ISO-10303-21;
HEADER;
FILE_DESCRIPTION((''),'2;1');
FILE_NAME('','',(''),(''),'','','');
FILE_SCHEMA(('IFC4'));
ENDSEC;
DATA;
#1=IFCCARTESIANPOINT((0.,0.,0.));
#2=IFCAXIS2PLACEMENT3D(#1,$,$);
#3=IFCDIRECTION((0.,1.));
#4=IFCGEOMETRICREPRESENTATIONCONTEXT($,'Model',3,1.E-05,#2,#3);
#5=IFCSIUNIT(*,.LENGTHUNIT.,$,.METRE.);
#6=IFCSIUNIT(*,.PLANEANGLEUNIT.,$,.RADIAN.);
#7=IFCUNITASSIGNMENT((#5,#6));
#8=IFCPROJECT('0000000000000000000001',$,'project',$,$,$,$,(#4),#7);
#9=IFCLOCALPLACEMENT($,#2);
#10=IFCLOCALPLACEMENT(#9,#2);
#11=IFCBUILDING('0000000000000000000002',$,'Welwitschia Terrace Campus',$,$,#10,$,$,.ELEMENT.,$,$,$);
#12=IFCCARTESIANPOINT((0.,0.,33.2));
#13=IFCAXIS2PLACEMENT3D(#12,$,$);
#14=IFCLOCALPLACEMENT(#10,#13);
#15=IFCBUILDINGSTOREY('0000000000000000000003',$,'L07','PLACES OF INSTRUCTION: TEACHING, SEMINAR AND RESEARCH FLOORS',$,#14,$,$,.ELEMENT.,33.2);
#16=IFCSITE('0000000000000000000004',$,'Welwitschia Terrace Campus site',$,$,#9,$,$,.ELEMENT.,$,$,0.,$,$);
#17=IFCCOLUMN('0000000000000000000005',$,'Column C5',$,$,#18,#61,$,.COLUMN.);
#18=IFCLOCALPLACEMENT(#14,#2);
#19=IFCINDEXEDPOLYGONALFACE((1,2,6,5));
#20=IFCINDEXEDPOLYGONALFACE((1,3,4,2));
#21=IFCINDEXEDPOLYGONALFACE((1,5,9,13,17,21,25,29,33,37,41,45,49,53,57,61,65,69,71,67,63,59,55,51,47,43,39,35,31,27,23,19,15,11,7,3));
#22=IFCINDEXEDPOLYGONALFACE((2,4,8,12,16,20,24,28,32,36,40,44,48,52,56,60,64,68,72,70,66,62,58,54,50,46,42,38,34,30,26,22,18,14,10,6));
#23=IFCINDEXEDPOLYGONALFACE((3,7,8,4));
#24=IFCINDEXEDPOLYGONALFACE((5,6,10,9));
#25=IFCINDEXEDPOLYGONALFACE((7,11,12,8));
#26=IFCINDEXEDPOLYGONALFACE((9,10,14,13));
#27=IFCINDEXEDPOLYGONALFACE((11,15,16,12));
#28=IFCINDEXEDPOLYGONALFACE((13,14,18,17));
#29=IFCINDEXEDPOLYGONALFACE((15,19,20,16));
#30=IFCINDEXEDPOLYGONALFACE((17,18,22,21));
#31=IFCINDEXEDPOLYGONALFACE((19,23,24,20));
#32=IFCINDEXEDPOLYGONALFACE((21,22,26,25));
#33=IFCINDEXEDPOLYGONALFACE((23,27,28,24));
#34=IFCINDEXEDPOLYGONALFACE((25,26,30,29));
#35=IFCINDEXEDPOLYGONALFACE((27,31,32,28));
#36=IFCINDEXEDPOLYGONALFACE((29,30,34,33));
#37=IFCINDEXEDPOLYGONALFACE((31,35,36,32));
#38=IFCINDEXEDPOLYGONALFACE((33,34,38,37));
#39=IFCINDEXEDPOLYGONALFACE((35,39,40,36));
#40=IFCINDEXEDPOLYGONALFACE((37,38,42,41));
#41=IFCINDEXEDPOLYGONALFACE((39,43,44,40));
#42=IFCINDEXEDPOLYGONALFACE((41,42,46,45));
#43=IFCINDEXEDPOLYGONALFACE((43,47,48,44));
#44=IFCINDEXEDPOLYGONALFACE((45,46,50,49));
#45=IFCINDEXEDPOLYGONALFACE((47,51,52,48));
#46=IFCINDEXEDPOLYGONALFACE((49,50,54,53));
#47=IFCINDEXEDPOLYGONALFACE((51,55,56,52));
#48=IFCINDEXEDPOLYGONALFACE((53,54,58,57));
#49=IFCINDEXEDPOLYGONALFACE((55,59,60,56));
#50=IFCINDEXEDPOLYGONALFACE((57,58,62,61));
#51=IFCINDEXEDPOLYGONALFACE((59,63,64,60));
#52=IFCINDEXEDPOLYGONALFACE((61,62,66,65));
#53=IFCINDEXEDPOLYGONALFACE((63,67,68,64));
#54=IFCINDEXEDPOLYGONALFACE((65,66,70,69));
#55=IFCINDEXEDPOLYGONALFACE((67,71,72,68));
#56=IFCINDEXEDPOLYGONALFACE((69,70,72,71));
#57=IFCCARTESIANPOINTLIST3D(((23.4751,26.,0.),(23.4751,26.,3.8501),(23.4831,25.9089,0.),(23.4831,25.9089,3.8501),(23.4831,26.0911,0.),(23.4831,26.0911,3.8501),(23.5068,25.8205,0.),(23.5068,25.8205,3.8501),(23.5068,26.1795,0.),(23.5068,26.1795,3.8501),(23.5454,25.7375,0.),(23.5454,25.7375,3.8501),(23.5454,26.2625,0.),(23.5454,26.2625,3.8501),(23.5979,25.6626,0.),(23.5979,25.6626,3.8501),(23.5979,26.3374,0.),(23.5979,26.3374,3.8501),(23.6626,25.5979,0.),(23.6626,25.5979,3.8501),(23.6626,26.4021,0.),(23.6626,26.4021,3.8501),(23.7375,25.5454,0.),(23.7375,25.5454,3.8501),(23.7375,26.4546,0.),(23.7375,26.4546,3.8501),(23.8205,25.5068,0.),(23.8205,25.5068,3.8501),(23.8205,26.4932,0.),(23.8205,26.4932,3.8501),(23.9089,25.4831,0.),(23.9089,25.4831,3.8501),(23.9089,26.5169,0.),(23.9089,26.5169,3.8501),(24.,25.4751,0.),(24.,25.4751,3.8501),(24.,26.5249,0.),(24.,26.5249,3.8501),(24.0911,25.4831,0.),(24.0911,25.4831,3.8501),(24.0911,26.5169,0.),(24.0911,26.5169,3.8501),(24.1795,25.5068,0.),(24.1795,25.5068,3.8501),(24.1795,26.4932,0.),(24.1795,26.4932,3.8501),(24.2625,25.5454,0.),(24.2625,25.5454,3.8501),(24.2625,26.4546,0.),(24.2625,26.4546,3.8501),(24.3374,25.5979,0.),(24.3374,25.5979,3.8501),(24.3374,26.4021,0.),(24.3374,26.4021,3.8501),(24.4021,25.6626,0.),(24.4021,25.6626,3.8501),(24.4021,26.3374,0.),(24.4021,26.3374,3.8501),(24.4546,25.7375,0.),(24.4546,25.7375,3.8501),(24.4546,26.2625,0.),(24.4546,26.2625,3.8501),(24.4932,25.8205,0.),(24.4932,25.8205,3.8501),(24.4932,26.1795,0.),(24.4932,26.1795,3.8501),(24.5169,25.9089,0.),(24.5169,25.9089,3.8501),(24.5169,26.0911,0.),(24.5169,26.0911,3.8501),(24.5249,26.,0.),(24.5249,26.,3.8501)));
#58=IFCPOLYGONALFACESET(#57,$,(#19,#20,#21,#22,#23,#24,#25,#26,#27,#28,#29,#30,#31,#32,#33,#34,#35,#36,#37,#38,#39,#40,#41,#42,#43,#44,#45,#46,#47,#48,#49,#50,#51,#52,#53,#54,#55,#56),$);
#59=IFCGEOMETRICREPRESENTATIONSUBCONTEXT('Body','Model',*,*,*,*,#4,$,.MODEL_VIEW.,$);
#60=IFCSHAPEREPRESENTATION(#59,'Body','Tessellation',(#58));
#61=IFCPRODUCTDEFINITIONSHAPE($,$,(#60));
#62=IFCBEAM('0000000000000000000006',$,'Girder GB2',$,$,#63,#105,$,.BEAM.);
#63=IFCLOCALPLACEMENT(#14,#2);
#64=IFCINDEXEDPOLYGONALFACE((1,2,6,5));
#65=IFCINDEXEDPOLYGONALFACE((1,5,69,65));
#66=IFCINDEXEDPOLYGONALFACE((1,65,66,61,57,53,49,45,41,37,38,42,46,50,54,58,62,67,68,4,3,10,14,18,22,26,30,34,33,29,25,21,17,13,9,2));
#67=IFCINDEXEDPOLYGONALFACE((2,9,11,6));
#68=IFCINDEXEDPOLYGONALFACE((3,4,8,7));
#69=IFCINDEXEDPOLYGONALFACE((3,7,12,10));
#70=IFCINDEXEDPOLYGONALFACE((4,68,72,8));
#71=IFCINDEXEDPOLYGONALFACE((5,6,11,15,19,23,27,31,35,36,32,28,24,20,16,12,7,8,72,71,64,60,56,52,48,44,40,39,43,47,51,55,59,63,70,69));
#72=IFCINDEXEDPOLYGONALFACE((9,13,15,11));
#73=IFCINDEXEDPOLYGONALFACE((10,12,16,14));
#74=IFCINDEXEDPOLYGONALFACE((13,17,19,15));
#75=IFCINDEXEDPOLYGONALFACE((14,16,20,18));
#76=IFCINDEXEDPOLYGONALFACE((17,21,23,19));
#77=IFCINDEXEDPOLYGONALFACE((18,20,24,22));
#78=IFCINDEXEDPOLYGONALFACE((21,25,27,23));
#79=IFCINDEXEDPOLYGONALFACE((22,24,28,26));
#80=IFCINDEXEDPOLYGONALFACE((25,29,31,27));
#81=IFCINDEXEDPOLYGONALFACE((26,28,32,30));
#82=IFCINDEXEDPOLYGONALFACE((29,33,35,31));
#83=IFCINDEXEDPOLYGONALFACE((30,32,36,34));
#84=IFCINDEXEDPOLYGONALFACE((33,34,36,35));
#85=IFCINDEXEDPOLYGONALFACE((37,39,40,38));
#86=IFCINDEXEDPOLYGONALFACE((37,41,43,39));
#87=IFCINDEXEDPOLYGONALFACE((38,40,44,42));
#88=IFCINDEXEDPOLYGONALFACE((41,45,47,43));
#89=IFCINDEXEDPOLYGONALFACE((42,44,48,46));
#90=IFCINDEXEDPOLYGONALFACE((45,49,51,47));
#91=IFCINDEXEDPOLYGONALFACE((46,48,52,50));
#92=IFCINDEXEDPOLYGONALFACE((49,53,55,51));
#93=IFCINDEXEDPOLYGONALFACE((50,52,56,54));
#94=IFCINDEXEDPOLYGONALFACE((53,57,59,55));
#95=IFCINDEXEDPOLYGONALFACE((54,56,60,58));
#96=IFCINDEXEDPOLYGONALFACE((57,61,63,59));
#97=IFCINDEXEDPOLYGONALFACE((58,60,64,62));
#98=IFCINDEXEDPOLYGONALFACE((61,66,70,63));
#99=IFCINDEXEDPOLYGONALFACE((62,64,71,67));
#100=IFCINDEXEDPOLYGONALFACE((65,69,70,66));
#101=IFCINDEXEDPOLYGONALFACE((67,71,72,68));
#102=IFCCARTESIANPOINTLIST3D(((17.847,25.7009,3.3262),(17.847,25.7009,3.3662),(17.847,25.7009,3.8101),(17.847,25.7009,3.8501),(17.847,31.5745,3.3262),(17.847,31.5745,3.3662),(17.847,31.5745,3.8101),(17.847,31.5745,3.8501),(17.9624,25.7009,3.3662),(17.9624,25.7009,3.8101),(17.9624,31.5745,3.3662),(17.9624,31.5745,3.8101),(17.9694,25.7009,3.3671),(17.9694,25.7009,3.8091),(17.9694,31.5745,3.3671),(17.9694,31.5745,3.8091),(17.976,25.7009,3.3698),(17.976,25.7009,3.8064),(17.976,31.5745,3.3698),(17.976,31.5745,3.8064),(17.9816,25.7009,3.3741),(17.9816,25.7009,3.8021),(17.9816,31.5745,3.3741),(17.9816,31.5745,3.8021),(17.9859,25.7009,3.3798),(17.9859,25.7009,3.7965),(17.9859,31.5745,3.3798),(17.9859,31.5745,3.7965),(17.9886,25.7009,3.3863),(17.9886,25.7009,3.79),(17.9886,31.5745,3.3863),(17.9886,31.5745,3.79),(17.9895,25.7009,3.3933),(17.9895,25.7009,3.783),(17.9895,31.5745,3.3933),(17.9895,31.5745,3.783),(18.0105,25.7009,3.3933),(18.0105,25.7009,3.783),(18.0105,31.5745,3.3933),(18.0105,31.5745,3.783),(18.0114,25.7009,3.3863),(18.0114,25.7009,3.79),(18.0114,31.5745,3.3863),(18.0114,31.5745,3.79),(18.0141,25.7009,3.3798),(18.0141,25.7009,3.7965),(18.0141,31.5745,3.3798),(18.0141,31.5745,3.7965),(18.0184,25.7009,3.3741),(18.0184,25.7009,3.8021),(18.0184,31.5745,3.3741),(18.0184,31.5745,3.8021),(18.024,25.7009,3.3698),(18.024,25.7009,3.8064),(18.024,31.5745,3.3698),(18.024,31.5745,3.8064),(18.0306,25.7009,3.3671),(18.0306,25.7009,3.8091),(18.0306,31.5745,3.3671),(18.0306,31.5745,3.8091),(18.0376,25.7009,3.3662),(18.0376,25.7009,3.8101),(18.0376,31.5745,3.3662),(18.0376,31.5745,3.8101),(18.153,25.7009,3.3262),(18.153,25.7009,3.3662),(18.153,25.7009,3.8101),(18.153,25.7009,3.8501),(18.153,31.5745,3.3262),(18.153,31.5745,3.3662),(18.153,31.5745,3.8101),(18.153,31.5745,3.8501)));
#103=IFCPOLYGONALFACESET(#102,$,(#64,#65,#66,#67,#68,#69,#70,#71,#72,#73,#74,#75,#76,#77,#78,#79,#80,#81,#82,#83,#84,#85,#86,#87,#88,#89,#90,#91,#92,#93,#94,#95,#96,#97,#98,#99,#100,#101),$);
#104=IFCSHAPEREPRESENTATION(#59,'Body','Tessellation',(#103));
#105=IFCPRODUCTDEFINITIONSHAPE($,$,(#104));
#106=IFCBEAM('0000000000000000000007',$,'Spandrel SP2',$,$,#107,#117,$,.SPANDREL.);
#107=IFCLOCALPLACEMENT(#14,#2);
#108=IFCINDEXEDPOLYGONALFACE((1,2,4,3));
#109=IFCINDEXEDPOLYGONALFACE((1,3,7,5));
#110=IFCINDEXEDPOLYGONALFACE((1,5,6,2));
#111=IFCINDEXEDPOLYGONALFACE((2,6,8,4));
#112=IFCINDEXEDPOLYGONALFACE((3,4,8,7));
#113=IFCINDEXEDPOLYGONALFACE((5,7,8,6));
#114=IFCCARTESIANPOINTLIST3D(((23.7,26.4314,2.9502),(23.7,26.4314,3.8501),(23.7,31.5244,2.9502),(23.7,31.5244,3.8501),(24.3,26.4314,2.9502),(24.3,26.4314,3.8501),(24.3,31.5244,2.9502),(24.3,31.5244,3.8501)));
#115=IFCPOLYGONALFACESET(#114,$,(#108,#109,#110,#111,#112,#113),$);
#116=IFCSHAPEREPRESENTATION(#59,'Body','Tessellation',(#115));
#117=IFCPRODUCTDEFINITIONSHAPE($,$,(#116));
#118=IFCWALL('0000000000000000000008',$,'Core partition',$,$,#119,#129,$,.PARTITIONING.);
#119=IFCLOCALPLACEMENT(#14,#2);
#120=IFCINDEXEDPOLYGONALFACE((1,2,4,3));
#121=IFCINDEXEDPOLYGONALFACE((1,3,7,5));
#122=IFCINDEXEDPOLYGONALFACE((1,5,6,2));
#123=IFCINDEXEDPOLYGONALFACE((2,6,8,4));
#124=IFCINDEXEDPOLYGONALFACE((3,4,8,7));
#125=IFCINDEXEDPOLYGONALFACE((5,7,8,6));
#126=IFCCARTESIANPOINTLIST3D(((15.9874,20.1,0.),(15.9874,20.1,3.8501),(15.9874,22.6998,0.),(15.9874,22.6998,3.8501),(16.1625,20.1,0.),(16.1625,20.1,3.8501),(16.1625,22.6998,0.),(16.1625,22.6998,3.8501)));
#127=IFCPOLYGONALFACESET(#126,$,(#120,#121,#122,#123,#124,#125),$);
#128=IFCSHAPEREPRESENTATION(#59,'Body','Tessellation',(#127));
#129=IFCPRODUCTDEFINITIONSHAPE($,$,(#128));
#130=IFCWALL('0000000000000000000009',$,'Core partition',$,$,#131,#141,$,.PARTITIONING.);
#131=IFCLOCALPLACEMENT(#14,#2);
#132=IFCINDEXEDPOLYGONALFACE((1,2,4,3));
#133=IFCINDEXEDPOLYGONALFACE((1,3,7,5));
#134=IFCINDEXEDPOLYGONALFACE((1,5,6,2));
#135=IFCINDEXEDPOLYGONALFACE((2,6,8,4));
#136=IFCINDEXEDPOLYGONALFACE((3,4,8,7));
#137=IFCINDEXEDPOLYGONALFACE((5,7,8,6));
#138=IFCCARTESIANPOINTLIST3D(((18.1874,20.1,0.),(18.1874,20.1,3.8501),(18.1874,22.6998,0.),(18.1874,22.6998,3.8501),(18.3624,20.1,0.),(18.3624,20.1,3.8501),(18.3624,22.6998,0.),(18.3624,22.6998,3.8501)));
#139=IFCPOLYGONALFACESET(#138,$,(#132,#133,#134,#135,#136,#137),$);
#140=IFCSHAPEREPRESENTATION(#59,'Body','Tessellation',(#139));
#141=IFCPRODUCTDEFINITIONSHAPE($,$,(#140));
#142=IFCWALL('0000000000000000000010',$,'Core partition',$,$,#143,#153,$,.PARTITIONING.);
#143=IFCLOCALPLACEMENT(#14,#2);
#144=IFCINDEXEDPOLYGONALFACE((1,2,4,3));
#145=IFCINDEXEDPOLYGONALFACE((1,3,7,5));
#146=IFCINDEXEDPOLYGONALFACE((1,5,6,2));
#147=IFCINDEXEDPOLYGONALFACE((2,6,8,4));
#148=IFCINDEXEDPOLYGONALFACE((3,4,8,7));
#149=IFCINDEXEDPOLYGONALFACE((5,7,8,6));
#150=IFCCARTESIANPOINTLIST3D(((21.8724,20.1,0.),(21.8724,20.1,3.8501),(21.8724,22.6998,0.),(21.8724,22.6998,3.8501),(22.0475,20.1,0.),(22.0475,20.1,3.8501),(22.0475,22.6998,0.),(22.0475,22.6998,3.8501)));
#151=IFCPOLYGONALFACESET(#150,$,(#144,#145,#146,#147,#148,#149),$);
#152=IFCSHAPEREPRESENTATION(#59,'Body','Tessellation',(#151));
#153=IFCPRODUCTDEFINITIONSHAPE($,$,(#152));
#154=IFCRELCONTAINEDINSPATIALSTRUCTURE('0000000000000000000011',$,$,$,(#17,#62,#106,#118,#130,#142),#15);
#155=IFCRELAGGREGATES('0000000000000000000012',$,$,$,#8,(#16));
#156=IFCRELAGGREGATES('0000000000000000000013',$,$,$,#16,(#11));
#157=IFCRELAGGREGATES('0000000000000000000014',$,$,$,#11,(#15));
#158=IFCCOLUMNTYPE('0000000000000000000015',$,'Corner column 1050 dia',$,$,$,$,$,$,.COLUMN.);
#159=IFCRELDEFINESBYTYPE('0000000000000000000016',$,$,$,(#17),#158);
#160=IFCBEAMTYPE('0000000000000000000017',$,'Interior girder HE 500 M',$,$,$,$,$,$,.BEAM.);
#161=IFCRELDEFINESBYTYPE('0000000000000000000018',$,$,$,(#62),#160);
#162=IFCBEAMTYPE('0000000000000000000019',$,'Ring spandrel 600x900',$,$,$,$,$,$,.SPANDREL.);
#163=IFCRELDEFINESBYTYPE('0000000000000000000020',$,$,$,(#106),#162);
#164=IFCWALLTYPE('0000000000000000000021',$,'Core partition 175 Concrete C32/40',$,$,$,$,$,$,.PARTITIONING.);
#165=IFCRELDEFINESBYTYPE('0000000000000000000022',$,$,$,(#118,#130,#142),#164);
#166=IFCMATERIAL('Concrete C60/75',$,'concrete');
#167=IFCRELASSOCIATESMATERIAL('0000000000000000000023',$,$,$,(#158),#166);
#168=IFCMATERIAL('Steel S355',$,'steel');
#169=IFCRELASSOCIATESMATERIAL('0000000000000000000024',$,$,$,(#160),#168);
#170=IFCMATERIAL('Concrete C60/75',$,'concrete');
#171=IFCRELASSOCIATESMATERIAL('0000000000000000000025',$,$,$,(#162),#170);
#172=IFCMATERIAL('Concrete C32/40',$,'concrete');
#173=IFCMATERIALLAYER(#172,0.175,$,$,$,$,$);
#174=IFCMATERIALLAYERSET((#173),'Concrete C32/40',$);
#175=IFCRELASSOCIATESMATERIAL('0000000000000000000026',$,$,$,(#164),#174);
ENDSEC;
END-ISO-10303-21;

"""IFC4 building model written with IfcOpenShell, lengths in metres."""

from ifc_helpers import new_model, si_unit, direction, frame, frame_2d, origin, origin_2d, place, context, subcontext, project, spatial, rectangle, circle, i_section, extrude, material, layer, layer_set, material_profile, profile_set, type_object, element, save


model = new_model("IFC4")

# Units and contexts
model_context = context("Model", 3, precision=1e-05, world=origin(), true_north=direction((0.0, 1.0)))
body_context = subcontext(model_context, "Body", "Model", "MODEL_VIEW")
ifc_project = project(units=[si_unit("LENGTHUNIT", "METRE"), si_unit("PLANEANGLEUNIT", "RADIAN")], contexts=[model_context])

# Site, building, storey
site_placement = place(None, origin())
site = spatial("IfcSite", under=ifc_project, at=site_placement, Name="Welwitschia Terrace Campus site", CompositionType="ELEMENT", RefElevation=0.0)
building_placement = place(site_placement, origin())
building = spatial("IfcBuilding", under=site, at=building_placement, Name="Welwitschia Terrace Campus", CompositionType="ELEMENT")
storey_placement = place(building_placement, frame((0.0, 0.0, 33.2)))
storey = spatial("IfcBuildingStorey", under=building, at=storey_placement, Name="L07", Description="PLACES OF INSTRUCTION: TEACHING, SEMINAR AND RESEARCH FLOORS", CompositionType="ELEMENT", Elevation=33.2)

# Column
ifc_material_1 = material(Name="Concrete C60/75", Category="concrete")
ifc_material_profile_1 = material_profile(ifc_material_1, circle(Radius=0.5249, at=origin_2d()))
ifc_profile_set_1 = profile_set([ifc_material_profile_1], Name="Concrete C60/75")
column_type = type_object("IfcColumnType", Name="Corner column 1050 dia", PredefinedType="COLUMN", material=ifc_profile_set_1)
column_placement = place(storey_placement, frame((24.0, 26.0, 0.0), z_axis=(0.0, 0.0, 1.0), x_axis=(1.0, 0.0, 0.0)))
element("IfcColumn", 1, at=column_placement, inside=storey, type_object=column_type, Name="Column C5", PredefinedType="COLUMN", context=body_context, shape_type="SweptSolid", body=[
    extrude(circle(Radius=0.5249, at=origin_2d()), origin(), (0.0, 0.0, 1.0), 3.8501),
])

# Beams
ifc_material_2 = material(Name="Steel S355", Category="steel")
ifc_material_profile_2 = material_profile(ifc_material_2, i_section(OverallWidth=0.3059, OverallDepth=0.5239, WebThickness=0.021, FlangeThickness=0.04, FilletRadius=0.0271, at=origin_2d()))
ifc_profile_set_2 = profile_set([ifc_material_profile_2], Name="Steel S355")
beam_type_1 = type_object("IfcBeamType", Name="Interior girder HE 500 M", PredefinedType="BEAM", material=ifc_profile_set_2)
beam_1_placement = place(storey_placement, frame((18.0, 25.7009, 3.5881), z_axis=(0.0, 1.0, 0.0), x_axis=(-1.0, 0.0, 0.0)))
element("IfcBeam", 2, at=beam_1_placement, inside=storey, type_object=beam_type_1, Name="Girder GB2", PredefinedType="BEAM", context=body_context, shape_type="SweptSolid", body=[
    extrude(i_section(OverallWidth=0.3059, OverallDepth=0.5239, WebThickness=0.021, FlangeThickness=0.04, FilletRadius=0.0271, at=origin_2d()), origin(), (0.0, 0.0, 1.0), 5.8735),
])
ifc_material_3 = material(Name="Concrete C60/75", Category="concrete")
ifc_material_profile_3 = material_profile(ifc_material_3, rectangle(XDim=0.6001, YDim=0.8999, at=origin_2d()))
ifc_profile_set_3 = profile_set([ifc_material_profile_3], Name="Concrete C60/75")
beam_type_2 = type_object("IfcBeamType", Name="Ring spandrel 600x900", PredefinedType="SPANDREL", material=ifc_profile_set_3)
beam_2_placement = place(storey_placement, frame((24.0, 26.4314, 3.4001), z_axis=(0.0, 1.0, 0.0), x_axis=(-1.0, 0.0, 0.0)))
element("IfcBeam", 3, at=beam_2_placement, inside=storey, type_object=beam_type_2, Name="Spandrel SP2", PredefinedType="SPANDREL", context=body_context, shape_type="SweptSolid", body=[
    extrude(rectangle(XDim=0.6001, YDim=0.8999, at=origin_2d()), origin(), (0.0, 0.0, 1.0), 5.093),
])

# Walls
ifc_material_4 = material(Name="Concrete C32/40", Category="concrete")
ifc_layer_1 = layer(ifc_material_4, 0.175)
ifc_layer_set_1 = layer_set([ifc_layer_1], Name="Concrete C32/40")
wall_type_1 = type_object("IfcWallType", Name="Core partition 175 Concrete C32/40", PredefinedType="PARTITIONING", material=ifc_layer_set_1)
for number, where, z_axis, x_axis, name in (
    (4, (16.075, 20.1001, 0.0), (0.0, 0.0, 1.0), (0.0, 1.0, 0.0), "Core partition"),
    (5, (18.2749, 20.1001, 0.0), (0.0, 0.0, 1.0), (0.0, 1.0, 0.0), "Core partition"),
    (6, (21.96, 20.1001, 0.0), (0.0, 0.0, 1.0), (0.0, 1.0, 0.0), "Core partition"),
):
    element("IfcWall", number, at=place(storey_placement, frame(where, z_axis=z_axis, x_axis=x_axis)), inside=storey, type_object=wall_type_1, Name=name, PredefinedType="PARTITIONING", context=body_context, shape_type="SweptSolid", body=[
        extrude(rectangle(XDim=2.5999, YDim=0.175, at=frame_2d((1.2998, 0.0))), origin(), (0.0, 0.0, 1.0), 3.8501),
    ])

save(model, "model.ifc")
